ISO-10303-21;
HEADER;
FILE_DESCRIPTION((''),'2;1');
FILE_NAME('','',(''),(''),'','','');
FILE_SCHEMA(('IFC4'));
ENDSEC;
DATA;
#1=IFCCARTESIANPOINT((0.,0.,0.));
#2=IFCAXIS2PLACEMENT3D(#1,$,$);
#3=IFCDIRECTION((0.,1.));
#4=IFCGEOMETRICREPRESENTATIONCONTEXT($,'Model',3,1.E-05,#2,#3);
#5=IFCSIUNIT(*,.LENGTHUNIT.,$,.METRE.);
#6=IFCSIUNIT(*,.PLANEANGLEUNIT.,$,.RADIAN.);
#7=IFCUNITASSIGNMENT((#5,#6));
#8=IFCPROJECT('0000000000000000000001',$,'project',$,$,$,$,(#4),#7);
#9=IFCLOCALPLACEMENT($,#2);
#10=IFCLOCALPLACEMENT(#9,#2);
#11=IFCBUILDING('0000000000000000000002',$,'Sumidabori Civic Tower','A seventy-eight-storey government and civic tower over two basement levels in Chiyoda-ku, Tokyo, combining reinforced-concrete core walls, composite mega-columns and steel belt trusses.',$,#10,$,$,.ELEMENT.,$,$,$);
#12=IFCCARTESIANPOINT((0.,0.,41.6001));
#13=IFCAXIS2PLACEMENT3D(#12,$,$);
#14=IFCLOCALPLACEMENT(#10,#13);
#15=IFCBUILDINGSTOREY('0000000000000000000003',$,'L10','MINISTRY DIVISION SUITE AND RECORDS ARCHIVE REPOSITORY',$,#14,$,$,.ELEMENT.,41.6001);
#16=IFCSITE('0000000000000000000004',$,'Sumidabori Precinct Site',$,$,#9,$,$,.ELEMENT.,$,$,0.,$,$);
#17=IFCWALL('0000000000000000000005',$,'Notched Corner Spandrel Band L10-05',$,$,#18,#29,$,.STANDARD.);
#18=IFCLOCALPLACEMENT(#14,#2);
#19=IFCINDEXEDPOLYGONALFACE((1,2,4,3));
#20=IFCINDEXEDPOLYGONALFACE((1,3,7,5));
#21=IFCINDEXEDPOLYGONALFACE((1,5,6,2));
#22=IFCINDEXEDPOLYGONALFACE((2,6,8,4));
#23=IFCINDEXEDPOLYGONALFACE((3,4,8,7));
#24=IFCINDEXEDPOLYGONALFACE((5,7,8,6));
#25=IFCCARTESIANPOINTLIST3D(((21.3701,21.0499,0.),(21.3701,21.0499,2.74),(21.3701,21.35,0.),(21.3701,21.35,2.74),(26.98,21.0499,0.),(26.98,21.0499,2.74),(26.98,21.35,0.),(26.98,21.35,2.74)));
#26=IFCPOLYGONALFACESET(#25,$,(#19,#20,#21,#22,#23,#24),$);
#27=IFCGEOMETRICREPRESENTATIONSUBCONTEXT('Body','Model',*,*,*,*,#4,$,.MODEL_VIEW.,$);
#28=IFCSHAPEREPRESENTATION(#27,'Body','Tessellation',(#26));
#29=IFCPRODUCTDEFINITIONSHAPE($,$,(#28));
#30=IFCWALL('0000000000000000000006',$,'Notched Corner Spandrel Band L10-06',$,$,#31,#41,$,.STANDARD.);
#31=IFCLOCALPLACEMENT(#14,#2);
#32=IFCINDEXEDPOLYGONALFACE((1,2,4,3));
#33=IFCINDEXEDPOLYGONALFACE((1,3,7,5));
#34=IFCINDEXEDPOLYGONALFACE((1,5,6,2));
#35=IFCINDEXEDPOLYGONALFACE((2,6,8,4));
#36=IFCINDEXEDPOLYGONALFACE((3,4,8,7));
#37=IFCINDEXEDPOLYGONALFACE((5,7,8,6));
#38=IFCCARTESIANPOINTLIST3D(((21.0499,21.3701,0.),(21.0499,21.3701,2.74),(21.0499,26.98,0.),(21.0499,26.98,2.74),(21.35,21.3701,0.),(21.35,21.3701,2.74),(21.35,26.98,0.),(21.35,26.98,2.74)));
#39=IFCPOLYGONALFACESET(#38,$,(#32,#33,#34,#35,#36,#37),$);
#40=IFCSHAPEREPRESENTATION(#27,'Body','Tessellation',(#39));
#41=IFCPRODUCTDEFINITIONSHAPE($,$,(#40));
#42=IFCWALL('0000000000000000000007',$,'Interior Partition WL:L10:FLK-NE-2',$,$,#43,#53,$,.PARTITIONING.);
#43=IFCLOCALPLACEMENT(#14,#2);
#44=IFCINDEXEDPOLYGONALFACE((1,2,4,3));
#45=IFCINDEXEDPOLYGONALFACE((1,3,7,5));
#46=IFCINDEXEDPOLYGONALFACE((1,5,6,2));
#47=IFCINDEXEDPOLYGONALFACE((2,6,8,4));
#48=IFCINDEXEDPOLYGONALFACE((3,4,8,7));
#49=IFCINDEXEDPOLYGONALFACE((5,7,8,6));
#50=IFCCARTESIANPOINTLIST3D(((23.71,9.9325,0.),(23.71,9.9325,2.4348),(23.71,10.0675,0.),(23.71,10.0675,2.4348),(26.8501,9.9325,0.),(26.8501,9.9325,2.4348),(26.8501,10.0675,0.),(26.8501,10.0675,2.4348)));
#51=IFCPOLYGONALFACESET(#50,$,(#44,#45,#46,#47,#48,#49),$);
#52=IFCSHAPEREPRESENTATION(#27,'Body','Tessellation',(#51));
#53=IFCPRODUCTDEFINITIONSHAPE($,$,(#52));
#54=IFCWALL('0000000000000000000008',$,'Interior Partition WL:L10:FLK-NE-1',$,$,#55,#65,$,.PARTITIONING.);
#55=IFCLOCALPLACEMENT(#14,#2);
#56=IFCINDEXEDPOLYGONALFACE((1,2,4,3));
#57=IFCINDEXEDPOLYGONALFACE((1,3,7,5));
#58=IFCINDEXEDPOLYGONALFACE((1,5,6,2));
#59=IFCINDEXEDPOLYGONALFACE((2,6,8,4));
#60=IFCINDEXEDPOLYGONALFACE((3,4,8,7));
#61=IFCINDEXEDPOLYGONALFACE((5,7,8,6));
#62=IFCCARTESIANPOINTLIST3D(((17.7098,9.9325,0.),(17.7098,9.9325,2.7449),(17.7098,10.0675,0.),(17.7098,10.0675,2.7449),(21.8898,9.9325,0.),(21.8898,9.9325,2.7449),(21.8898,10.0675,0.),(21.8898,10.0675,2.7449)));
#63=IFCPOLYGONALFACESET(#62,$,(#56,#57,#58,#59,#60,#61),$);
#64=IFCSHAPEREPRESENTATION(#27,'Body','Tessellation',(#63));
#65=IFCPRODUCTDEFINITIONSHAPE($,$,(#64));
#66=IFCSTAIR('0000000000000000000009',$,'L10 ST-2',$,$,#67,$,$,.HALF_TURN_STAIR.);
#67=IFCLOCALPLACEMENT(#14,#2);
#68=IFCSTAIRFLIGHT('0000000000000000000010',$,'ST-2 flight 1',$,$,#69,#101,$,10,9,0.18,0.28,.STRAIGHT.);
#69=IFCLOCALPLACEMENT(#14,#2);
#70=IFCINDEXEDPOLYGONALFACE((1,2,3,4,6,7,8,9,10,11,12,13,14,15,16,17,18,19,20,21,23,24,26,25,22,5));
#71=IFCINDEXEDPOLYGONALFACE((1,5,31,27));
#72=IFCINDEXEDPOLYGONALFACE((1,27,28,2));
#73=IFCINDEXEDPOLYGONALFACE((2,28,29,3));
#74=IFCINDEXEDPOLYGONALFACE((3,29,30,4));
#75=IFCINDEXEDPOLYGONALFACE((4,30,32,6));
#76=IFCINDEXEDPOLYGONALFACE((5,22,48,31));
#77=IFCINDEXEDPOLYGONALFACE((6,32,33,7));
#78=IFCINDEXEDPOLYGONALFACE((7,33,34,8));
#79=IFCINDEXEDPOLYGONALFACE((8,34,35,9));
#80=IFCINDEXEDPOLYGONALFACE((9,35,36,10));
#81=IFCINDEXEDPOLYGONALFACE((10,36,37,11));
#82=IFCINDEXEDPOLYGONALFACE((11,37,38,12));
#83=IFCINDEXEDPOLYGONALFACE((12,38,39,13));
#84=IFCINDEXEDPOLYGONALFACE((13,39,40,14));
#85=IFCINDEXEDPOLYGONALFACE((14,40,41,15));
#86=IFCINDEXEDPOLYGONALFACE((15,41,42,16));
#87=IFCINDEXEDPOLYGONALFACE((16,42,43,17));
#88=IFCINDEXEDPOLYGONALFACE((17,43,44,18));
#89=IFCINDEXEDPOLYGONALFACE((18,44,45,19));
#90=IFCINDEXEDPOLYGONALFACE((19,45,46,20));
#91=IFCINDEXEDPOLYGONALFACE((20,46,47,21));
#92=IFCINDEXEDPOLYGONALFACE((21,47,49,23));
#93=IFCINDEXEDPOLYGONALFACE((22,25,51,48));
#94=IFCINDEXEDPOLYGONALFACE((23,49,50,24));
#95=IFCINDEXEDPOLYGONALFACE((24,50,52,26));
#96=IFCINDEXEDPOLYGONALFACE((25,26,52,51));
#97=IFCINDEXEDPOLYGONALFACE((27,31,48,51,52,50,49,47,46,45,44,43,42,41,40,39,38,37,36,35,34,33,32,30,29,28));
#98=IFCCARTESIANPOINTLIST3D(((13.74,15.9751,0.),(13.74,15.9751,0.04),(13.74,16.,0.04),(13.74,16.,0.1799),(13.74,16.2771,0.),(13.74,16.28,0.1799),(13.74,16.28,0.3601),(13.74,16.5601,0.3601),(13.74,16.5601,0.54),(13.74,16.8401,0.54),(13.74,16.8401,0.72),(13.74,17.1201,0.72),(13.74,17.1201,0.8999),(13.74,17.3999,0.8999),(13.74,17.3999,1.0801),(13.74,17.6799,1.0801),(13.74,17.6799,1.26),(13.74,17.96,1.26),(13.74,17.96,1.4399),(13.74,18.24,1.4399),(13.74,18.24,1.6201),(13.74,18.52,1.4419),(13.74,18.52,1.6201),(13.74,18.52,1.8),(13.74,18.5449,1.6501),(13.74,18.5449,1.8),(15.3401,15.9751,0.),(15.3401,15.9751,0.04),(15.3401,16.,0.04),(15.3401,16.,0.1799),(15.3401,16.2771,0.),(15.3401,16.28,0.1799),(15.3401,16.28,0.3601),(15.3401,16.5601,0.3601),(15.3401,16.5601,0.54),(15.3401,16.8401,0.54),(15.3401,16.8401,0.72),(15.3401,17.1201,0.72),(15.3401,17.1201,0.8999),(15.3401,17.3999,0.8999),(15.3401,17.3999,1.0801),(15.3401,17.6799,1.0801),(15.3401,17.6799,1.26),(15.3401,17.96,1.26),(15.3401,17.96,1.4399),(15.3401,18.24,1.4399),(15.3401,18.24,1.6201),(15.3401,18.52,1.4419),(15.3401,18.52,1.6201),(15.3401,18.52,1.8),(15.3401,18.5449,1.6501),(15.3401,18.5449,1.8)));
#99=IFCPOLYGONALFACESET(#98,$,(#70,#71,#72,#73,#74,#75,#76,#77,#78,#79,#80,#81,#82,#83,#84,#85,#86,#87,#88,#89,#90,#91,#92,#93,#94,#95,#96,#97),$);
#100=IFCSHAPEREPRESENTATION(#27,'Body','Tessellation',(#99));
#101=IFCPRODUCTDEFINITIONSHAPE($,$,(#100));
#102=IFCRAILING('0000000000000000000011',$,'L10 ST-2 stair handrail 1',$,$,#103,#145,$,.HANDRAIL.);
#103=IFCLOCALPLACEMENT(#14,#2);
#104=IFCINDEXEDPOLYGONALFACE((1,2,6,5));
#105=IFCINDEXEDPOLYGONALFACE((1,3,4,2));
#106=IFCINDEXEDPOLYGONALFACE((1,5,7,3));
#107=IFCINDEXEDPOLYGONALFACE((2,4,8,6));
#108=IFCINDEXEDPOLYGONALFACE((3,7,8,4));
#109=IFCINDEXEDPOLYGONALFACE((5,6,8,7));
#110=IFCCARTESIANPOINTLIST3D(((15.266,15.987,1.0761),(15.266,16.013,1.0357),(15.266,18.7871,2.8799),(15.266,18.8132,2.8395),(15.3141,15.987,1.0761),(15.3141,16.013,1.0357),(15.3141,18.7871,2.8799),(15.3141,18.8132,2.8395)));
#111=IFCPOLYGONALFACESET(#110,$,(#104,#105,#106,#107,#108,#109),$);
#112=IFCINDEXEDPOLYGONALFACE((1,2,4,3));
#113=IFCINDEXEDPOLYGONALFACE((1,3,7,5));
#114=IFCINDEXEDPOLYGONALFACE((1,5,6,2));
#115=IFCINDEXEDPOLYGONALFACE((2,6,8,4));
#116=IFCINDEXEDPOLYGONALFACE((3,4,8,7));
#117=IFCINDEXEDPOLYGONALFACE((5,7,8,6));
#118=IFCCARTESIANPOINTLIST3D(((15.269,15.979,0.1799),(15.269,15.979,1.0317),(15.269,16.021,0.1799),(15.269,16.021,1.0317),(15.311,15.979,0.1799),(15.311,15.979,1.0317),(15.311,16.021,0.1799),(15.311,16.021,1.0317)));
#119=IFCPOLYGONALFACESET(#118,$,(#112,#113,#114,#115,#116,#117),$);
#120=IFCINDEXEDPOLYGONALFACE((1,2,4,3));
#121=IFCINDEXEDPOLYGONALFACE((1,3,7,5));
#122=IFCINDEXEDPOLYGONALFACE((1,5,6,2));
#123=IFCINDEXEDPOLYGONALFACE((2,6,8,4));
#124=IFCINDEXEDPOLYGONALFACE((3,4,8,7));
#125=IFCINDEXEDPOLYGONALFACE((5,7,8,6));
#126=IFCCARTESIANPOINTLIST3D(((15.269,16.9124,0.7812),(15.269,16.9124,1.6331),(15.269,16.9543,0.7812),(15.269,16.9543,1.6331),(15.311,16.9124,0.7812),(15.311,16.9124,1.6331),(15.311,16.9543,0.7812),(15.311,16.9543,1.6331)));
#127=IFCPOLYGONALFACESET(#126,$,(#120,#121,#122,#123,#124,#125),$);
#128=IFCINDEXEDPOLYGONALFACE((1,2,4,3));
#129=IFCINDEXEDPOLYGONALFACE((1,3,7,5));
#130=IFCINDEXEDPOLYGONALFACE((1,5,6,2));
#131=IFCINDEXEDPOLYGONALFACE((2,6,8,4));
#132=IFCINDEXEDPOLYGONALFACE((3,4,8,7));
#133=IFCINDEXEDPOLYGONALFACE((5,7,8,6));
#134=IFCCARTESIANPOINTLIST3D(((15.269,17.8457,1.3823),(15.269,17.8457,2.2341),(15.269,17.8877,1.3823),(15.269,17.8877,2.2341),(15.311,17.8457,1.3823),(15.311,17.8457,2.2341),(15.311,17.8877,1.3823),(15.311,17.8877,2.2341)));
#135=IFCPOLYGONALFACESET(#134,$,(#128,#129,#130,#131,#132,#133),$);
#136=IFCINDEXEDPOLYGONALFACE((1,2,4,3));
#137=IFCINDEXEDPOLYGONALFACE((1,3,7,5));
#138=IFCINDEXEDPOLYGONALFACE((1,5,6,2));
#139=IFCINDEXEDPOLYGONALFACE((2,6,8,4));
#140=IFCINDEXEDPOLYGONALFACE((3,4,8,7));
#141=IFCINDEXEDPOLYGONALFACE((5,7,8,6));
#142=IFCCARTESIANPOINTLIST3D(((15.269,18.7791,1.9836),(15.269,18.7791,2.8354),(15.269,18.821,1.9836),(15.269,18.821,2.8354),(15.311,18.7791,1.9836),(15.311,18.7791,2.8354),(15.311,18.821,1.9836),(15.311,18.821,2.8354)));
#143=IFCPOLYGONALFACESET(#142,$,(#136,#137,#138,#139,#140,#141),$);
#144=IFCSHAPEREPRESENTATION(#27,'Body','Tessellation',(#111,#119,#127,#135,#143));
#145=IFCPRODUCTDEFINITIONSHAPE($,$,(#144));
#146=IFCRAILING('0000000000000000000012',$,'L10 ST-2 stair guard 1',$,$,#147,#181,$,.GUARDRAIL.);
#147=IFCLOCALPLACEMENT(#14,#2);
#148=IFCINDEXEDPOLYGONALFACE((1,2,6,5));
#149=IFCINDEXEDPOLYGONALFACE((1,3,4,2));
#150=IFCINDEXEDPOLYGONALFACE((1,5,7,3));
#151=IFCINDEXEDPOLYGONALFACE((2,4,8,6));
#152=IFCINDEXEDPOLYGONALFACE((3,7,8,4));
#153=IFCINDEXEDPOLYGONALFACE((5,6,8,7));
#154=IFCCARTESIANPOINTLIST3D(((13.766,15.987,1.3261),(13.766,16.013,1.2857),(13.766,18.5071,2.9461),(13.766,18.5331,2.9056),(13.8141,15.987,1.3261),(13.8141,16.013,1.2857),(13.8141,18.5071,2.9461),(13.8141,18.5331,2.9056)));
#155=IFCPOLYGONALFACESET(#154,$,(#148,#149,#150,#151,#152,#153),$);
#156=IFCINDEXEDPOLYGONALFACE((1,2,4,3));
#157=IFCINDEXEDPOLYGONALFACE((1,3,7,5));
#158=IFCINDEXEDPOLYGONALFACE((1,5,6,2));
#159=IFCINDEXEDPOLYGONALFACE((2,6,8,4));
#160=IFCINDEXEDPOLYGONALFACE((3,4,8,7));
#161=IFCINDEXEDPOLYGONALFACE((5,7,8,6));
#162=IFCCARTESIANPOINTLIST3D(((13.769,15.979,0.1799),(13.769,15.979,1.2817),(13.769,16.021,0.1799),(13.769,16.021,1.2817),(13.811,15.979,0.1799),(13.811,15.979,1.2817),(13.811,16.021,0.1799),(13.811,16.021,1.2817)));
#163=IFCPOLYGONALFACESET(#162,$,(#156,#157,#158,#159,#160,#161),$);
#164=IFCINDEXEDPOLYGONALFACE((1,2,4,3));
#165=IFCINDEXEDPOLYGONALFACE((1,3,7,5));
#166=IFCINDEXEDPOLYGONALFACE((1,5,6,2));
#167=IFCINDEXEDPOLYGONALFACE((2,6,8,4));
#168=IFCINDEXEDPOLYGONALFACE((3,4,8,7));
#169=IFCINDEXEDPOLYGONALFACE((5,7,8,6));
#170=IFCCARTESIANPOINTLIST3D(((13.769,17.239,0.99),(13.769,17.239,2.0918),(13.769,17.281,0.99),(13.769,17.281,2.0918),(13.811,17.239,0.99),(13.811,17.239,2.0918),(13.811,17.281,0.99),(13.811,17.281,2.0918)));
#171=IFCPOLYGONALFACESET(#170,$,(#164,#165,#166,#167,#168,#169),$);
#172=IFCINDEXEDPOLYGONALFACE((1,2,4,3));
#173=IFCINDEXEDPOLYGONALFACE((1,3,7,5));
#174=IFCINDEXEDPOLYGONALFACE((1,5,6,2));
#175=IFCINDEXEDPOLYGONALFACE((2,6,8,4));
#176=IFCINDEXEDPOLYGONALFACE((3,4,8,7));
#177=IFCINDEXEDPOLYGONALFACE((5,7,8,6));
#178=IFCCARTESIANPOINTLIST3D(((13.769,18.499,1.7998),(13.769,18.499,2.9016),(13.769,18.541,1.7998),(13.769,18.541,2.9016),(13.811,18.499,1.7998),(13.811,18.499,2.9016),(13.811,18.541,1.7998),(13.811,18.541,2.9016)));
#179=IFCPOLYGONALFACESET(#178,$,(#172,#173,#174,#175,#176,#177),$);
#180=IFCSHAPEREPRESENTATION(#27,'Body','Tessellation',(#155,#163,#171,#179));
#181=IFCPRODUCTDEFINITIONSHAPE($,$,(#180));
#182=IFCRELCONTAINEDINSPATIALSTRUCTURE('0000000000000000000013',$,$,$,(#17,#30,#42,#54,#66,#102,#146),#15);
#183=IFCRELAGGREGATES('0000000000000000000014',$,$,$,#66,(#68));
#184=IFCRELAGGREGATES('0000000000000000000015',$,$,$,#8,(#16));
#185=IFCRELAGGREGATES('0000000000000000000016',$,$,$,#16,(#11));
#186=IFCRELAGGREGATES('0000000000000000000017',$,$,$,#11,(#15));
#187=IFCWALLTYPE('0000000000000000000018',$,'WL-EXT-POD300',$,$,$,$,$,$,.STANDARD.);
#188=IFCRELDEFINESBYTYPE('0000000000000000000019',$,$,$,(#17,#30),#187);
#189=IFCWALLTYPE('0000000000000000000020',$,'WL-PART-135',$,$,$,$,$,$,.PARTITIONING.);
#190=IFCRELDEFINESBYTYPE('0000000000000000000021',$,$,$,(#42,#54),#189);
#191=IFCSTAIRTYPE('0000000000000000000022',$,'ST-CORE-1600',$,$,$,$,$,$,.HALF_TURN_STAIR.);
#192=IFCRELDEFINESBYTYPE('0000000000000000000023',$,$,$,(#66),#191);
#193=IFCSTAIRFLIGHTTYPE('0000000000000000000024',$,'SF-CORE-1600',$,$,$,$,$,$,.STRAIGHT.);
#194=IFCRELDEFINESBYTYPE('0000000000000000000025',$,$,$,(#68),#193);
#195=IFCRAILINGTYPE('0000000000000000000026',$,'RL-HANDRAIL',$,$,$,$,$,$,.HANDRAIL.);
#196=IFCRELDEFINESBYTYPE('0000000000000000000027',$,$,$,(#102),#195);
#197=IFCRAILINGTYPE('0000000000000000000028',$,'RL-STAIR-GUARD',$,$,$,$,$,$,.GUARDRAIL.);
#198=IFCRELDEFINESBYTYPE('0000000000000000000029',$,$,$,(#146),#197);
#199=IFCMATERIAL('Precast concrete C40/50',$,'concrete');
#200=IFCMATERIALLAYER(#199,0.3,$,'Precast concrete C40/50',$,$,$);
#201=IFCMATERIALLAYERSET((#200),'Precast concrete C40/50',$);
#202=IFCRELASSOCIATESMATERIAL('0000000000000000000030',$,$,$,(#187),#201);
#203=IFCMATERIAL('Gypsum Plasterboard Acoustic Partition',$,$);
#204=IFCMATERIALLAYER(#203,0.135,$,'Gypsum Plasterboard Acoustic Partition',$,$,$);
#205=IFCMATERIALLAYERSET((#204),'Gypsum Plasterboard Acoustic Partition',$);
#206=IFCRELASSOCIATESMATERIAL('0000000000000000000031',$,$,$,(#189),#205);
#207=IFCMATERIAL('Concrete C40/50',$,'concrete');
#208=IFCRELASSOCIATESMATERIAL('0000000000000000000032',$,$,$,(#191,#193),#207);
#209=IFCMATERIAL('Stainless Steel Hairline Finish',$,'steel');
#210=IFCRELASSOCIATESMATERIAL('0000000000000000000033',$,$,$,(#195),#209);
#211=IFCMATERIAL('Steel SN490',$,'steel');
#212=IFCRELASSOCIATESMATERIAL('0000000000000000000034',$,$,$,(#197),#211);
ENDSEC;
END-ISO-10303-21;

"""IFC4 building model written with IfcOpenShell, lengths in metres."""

from ifc_helpers import new_model, si_unit, direction, frame, frame_2d, origin, origin_2d, place, context, subcontext, project, spatial, polyline, rectangle, outline, extrude, source, transform, mapped, material, layer, layer_set, type_object, element, aggregate, save


model = new_model("IFC4")

# Units and contexts
model_context = context("Model", 3, precision=1e-05, world=origin(), true_north=direction((0.0, 1.0)))
body_context = subcontext(model_context, "Body", "Model", "MODEL_VIEW")
ifc_project = project(units=[si_unit("LENGTHUNIT", "METRE"), si_unit("PLANEANGLEUNIT", "RADIAN")], contexts=[model_context])

# Site, building, storey
site_placement = place(None, origin())
site = spatial("IfcSite", under=ifc_project, at=site_placement, Name="Sumidabori Precinct Site", CompositionType="ELEMENT", RefElevation=0.0)
building_placement = place(site_placement, origin())
building = spatial("IfcBuilding", under=site, at=building_placement, Name="Sumidabori Civic Tower", Description="A seventy-eight-storey government and civic tower over two basement levels in Chiyoda-ku, Tokyo, combining reinforced-concrete core walls, composite mega-columns and steel belt trusses.", CompositionType="ELEMENT")
storey_placement = place(building_placement, frame((0.0, 0.0, 41.6001)))
storey = spatial("IfcBuildingStorey", under=building, at=storey_placement, Name="L10", Description="MINISTRY DIVISION SUITE AND RECORDS ARCHIVE REPOSITORY", CompositionType="ELEMENT", Elevation=41.6001)

# Shared definitions
ifc_material_1 = material(Name="Steel SN490", Category="steel")

# Walls
ifc_material_2 = material(Name="Precast concrete C40/50", Category="concrete")
ifc_layer_1 = layer(ifc_material_2, 0.3, Name="Precast concrete C40/50")
ifc_layer_set_1 = layer_set([ifc_layer_1], Name="Precast concrete C40/50")
wall_type_1 = type_object("IfcWallType", Name="WL-EXT-POD300", PredefinedType="STANDARD", material=ifc_layer_set_1)
shared_shape_1 = source(origin(), body_context, "Body", "SweptSolid", [
    extrude(rectangle(XDim=5.6099, YDim=0.3, at=frame_2d((2.8049, 0.0))), origin(), (0.0, 0.0, 1.0), 2.74),
])
for number, where, z_axis, x_axis, name in (
    (1, (26.98, 21.2, 0.0), (0.0, 0.0, 1.0), (-1.0, 0.0, 0.0), "Notched Corner Spandrel Band L10-05"),
    (2, (21.2, 21.3701, 0.0), (0.0, 0.0, 1.0), (0.0, 1.0, 0.0), "Notched Corner Spandrel Band L10-06"),
):
    element("IfcWall", number, at=place(storey_placement, frame(where, z_axis=z_axis, x_axis=x_axis)), inside=storey, type_object=wall_type_1, Name=name, PredefinedType="STANDARD", context=body_context, shape_type="MappedRepresentation", body=[
        mapped(shared_shape_1, transform((0.0, 0.0, 0.0), x_axis=(1.0, 0.0, 0.0), y_axis=(0.0, 1.0, 0.0), z_axis=(0.0, 0.0, 1.0), scale=1.0)),
    ])
ifc_material_3 = material(Name="Gypsum Plasterboard Acoustic Partition")
ifc_layer_2 = layer(ifc_material_3, 0.135, Name="Gypsum Plasterboard Acoustic Partition")
ifc_layer_set_2 = layer_set([ifc_layer_2], Name="Gypsum Plasterboard Acoustic Partition")
wall_type_2 = type_object("IfcWallType", Name="WL-PART-135", PredefinedType="PARTITIONING", material=ifc_layer_set_2)
shared_shape_2 = source(origin(), body_context, "Body", "SweptSolid", [
    extrude(rectangle(XDim=3.1401, YDim=0.135, at=frame_2d((1.5701, 0.0))), origin(), (0.0, 0.0, 1.0), 2.4348),
])
wall_1_placement = place(storey_placement, frame((23.71, 10.0, 0.0), z_axis=(0.0, 0.0, 1.0), x_axis=(1.0, 0.0, 0.0)))
element("IfcWall", 3, at=wall_1_placement, inside=storey, type_object=wall_type_2, Name="Interior Partition WL:L10:FLK-NE-2", PredefinedType="PARTITIONING", context=body_context, shape_type="MappedRepresentation", body=[
    mapped(shared_shape_2, transform((0.0, 0.0, 0.0), x_axis=(1.0, 0.0, 0.0), y_axis=(0.0, 1.0, 0.0), z_axis=(0.0, 0.0, 1.0), scale=1.0)),
])
shared_shape_3 = source(origin(), body_context, "Body", "SweptSolid", [
    extrude(rectangle(XDim=4.1799, YDim=0.135, at=frame_2d((2.0898, 0.0))), origin(), (0.0, 0.0, 1.0), 2.7449),
])
wall_2_placement = place(storey_placement, frame((17.71, 10.0, 0.0), z_axis=(0.0, 0.0, 1.0), x_axis=(1.0, 0.0, 0.0)))
element("IfcWall", 4, at=wall_2_placement, inside=storey, type_object=wall_type_2, Name="Interior Partition WL:L10:FLK-NE-1", PredefinedType="PARTITIONING", context=body_context, shape_type="MappedRepresentation", body=[
    mapped(shared_shape_3, transform((0.0, 0.0, 0.0), x_axis=(1.0, 0.0, 0.0), y_axis=(0.0, 1.0, 0.0), z_axis=(0.0, 0.0, 1.0), scale=1.0)),
])

# Stair, stair flight
ifc_material_4 = material(Name="Concrete C40/50", Category="concrete")
stair_type = type_object("IfcStairType", Name="ST-CORE-1600", PredefinedType="HALF_TURN_STAIR", material=ifc_material_4)
stair_placement = place(storey_placement, origin())
stair = element("IfcStair", 5, at=stair_placement, inside=storey, type_object=stair_type, Name="L10 ST-2", PredefinedType="HALF_TURN_STAIR")
stair_flight_type = type_object("IfcStairFlightType", Name="SF-CORE-1600", PredefinedType="STRAIGHT", material=ifc_material_4)
shared_shape_4 = source(origin(), body_context, "Body", "SweptSolid", [
    extrude(outline(polyline([(-0.0249, 0.0), (-0.0249, 0.04), (0.0, 0.04), (0.0, 0.1799), (0.28, 0.1799), (0.28, 0.3601), (0.5601, 0.3601), (0.5601, 0.54), (0.8401, 0.54), (0.8401, 0.72), (1.1201, 0.72), (1.1201, 0.8999), (1.3999, 0.8999), (1.3999, 1.0801), (1.6799, 1.0801), (1.6799, 1.26), (1.96, 1.26), (1.96, 1.4399), (2.24, 1.4399), (2.24, 1.6201), (2.52, 1.6201), (2.52, 1.8), (2.5449, 1.8), (2.5449, 1.6501), (2.52, 1.4419), (0.2771, 0.0), (-0.0249, 0.0)])), frame((0.0, 0.8, 0.0), z_axis=(0.0, -1.0, 0.0), x_axis=(1.0, 0.0, 0.0)), (0.0, 0.0, 1.0), 1.6001),
])
stair_flight_placement = place(storey_placement, frame((14.54, 16.0, 0.0), z_axis=(0.0, 0.0, 1.0), x_axis=(0.0, 1.0, 0.0)))
stair_flight = element("IfcStairFlight", 6, at=stair_flight_placement, type_object=stair_flight_type, Name="ST-2 flight 1", NumberOfRisers=10, NumberOfTreads=9, PredefinedType="STRAIGHT", RiserHeight=0.18, TreadLength=0.28, context=body_context, shape_type="MappedRepresentation", body=[
    mapped(shared_shape_4, transform((0.0, 0.0, 0.0), x_axis=(1.0, 0.0, 0.0), y_axis=(0.0, 1.0, 0.0), z_axis=(0.0, 0.0, 1.0), scale=1.0)),
])
aggregate(stair, [stair_flight])

# Railings
ifc_material_5 = material(Name="Stainless Steel Hairline Finish", Category="steel")
railing_type_1 = type_object("IfcRailingType", Name="RL-HANDRAIL", PredefinedType="HANDRAIL", material=ifc_material_5)
railing_1_placement = place(storey_placement, frame((15.29, 16.0, 0.1799)))
element("IfcRailing", 7, at=railing_1_placement, inside=storey, type_object=railing_type_1, Name="L10 ST-2 stair handrail 1", PredefinedType="HANDRAIL", context=body_context, shape_type="SweptSolid", body=[
    extrude(rectangle(XDim=0.0481, YDim=0.0481, at=origin_2d()), frame((0.0, 0.0, 0.876), z_axis=(0.0, 0.840676, 0.541539), x_axis=(-1.0, 0.0, 0.0)), (0.0, 0.0, 1.0), 3.3308),
    extrude(rectangle(XDim=0.042, YDim=0.042, at=origin_2d()), origin(), (0.0, 0.0, 1.0), 0.8518),
    extrude(rectangle(XDim=0.042, YDim=0.042, at=origin_2d()), frame((0.0, 0.9333, 0.6013)), (0.0, 0.0, 1.0), 0.8518),
    extrude(rectangle(XDim=0.042, YDim=0.042, at=origin_2d()), frame((0.0, 1.8667, 1.2024)), (0.0, 0.0, 1.0), 0.8518),
    extrude(rectangle(XDim=0.042, YDim=0.042, at=origin_2d()), frame((0.0, 2.8, 1.8037)), (0.0, 0.0, 1.0), 0.8518),
])
railing_type_2 = type_object("IfcRailingType", Name="RL-STAIR-GUARD", PredefinedType="GUARDRAIL", material=ifc_material_1)
railing_2_placement = place(storey_placement, frame((13.79, 16.0, 0.1799)))
element("IfcRailing", 8, at=railing_2_placement, inside=storey, type_object=railing_type_2, Name="L10 ST-2 stair guard 1", PredefinedType="GUARDRAIL", context=body_context, shape_type="SweptSolid", body=[
    extrude(rectangle(XDim=0.0481, YDim=0.0481, at=origin_2d()), frame((0.0, 0.0, 1.126), z_axis=(0.0, 0.8412, 0.540725), x_axis=(-1.0, 0.0, 0.0)), (0.0, 0.0, 1.0), 2.9958),
    extrude(rectangle(XDim=0.042, YDim=0.042, at=origin_2d()), origin(), (0.0, 0.0, 1.0), 1.1018),
    extrude(rectangle(XDim=0.042, YDim=0.042, at=origin_2d()), frame((0.0, 1.26, 0.8101)), (0.0, 0.0, 1.0), 1.1018),
    extrude(rectangle(XDim=0.042, YDim=0.042, at=origin_2d()), frame((0.0, 2.52, 1.6199)), (0.0, 0.0, 1.0), 1.1018),
])

save(model, "model.ifc")
